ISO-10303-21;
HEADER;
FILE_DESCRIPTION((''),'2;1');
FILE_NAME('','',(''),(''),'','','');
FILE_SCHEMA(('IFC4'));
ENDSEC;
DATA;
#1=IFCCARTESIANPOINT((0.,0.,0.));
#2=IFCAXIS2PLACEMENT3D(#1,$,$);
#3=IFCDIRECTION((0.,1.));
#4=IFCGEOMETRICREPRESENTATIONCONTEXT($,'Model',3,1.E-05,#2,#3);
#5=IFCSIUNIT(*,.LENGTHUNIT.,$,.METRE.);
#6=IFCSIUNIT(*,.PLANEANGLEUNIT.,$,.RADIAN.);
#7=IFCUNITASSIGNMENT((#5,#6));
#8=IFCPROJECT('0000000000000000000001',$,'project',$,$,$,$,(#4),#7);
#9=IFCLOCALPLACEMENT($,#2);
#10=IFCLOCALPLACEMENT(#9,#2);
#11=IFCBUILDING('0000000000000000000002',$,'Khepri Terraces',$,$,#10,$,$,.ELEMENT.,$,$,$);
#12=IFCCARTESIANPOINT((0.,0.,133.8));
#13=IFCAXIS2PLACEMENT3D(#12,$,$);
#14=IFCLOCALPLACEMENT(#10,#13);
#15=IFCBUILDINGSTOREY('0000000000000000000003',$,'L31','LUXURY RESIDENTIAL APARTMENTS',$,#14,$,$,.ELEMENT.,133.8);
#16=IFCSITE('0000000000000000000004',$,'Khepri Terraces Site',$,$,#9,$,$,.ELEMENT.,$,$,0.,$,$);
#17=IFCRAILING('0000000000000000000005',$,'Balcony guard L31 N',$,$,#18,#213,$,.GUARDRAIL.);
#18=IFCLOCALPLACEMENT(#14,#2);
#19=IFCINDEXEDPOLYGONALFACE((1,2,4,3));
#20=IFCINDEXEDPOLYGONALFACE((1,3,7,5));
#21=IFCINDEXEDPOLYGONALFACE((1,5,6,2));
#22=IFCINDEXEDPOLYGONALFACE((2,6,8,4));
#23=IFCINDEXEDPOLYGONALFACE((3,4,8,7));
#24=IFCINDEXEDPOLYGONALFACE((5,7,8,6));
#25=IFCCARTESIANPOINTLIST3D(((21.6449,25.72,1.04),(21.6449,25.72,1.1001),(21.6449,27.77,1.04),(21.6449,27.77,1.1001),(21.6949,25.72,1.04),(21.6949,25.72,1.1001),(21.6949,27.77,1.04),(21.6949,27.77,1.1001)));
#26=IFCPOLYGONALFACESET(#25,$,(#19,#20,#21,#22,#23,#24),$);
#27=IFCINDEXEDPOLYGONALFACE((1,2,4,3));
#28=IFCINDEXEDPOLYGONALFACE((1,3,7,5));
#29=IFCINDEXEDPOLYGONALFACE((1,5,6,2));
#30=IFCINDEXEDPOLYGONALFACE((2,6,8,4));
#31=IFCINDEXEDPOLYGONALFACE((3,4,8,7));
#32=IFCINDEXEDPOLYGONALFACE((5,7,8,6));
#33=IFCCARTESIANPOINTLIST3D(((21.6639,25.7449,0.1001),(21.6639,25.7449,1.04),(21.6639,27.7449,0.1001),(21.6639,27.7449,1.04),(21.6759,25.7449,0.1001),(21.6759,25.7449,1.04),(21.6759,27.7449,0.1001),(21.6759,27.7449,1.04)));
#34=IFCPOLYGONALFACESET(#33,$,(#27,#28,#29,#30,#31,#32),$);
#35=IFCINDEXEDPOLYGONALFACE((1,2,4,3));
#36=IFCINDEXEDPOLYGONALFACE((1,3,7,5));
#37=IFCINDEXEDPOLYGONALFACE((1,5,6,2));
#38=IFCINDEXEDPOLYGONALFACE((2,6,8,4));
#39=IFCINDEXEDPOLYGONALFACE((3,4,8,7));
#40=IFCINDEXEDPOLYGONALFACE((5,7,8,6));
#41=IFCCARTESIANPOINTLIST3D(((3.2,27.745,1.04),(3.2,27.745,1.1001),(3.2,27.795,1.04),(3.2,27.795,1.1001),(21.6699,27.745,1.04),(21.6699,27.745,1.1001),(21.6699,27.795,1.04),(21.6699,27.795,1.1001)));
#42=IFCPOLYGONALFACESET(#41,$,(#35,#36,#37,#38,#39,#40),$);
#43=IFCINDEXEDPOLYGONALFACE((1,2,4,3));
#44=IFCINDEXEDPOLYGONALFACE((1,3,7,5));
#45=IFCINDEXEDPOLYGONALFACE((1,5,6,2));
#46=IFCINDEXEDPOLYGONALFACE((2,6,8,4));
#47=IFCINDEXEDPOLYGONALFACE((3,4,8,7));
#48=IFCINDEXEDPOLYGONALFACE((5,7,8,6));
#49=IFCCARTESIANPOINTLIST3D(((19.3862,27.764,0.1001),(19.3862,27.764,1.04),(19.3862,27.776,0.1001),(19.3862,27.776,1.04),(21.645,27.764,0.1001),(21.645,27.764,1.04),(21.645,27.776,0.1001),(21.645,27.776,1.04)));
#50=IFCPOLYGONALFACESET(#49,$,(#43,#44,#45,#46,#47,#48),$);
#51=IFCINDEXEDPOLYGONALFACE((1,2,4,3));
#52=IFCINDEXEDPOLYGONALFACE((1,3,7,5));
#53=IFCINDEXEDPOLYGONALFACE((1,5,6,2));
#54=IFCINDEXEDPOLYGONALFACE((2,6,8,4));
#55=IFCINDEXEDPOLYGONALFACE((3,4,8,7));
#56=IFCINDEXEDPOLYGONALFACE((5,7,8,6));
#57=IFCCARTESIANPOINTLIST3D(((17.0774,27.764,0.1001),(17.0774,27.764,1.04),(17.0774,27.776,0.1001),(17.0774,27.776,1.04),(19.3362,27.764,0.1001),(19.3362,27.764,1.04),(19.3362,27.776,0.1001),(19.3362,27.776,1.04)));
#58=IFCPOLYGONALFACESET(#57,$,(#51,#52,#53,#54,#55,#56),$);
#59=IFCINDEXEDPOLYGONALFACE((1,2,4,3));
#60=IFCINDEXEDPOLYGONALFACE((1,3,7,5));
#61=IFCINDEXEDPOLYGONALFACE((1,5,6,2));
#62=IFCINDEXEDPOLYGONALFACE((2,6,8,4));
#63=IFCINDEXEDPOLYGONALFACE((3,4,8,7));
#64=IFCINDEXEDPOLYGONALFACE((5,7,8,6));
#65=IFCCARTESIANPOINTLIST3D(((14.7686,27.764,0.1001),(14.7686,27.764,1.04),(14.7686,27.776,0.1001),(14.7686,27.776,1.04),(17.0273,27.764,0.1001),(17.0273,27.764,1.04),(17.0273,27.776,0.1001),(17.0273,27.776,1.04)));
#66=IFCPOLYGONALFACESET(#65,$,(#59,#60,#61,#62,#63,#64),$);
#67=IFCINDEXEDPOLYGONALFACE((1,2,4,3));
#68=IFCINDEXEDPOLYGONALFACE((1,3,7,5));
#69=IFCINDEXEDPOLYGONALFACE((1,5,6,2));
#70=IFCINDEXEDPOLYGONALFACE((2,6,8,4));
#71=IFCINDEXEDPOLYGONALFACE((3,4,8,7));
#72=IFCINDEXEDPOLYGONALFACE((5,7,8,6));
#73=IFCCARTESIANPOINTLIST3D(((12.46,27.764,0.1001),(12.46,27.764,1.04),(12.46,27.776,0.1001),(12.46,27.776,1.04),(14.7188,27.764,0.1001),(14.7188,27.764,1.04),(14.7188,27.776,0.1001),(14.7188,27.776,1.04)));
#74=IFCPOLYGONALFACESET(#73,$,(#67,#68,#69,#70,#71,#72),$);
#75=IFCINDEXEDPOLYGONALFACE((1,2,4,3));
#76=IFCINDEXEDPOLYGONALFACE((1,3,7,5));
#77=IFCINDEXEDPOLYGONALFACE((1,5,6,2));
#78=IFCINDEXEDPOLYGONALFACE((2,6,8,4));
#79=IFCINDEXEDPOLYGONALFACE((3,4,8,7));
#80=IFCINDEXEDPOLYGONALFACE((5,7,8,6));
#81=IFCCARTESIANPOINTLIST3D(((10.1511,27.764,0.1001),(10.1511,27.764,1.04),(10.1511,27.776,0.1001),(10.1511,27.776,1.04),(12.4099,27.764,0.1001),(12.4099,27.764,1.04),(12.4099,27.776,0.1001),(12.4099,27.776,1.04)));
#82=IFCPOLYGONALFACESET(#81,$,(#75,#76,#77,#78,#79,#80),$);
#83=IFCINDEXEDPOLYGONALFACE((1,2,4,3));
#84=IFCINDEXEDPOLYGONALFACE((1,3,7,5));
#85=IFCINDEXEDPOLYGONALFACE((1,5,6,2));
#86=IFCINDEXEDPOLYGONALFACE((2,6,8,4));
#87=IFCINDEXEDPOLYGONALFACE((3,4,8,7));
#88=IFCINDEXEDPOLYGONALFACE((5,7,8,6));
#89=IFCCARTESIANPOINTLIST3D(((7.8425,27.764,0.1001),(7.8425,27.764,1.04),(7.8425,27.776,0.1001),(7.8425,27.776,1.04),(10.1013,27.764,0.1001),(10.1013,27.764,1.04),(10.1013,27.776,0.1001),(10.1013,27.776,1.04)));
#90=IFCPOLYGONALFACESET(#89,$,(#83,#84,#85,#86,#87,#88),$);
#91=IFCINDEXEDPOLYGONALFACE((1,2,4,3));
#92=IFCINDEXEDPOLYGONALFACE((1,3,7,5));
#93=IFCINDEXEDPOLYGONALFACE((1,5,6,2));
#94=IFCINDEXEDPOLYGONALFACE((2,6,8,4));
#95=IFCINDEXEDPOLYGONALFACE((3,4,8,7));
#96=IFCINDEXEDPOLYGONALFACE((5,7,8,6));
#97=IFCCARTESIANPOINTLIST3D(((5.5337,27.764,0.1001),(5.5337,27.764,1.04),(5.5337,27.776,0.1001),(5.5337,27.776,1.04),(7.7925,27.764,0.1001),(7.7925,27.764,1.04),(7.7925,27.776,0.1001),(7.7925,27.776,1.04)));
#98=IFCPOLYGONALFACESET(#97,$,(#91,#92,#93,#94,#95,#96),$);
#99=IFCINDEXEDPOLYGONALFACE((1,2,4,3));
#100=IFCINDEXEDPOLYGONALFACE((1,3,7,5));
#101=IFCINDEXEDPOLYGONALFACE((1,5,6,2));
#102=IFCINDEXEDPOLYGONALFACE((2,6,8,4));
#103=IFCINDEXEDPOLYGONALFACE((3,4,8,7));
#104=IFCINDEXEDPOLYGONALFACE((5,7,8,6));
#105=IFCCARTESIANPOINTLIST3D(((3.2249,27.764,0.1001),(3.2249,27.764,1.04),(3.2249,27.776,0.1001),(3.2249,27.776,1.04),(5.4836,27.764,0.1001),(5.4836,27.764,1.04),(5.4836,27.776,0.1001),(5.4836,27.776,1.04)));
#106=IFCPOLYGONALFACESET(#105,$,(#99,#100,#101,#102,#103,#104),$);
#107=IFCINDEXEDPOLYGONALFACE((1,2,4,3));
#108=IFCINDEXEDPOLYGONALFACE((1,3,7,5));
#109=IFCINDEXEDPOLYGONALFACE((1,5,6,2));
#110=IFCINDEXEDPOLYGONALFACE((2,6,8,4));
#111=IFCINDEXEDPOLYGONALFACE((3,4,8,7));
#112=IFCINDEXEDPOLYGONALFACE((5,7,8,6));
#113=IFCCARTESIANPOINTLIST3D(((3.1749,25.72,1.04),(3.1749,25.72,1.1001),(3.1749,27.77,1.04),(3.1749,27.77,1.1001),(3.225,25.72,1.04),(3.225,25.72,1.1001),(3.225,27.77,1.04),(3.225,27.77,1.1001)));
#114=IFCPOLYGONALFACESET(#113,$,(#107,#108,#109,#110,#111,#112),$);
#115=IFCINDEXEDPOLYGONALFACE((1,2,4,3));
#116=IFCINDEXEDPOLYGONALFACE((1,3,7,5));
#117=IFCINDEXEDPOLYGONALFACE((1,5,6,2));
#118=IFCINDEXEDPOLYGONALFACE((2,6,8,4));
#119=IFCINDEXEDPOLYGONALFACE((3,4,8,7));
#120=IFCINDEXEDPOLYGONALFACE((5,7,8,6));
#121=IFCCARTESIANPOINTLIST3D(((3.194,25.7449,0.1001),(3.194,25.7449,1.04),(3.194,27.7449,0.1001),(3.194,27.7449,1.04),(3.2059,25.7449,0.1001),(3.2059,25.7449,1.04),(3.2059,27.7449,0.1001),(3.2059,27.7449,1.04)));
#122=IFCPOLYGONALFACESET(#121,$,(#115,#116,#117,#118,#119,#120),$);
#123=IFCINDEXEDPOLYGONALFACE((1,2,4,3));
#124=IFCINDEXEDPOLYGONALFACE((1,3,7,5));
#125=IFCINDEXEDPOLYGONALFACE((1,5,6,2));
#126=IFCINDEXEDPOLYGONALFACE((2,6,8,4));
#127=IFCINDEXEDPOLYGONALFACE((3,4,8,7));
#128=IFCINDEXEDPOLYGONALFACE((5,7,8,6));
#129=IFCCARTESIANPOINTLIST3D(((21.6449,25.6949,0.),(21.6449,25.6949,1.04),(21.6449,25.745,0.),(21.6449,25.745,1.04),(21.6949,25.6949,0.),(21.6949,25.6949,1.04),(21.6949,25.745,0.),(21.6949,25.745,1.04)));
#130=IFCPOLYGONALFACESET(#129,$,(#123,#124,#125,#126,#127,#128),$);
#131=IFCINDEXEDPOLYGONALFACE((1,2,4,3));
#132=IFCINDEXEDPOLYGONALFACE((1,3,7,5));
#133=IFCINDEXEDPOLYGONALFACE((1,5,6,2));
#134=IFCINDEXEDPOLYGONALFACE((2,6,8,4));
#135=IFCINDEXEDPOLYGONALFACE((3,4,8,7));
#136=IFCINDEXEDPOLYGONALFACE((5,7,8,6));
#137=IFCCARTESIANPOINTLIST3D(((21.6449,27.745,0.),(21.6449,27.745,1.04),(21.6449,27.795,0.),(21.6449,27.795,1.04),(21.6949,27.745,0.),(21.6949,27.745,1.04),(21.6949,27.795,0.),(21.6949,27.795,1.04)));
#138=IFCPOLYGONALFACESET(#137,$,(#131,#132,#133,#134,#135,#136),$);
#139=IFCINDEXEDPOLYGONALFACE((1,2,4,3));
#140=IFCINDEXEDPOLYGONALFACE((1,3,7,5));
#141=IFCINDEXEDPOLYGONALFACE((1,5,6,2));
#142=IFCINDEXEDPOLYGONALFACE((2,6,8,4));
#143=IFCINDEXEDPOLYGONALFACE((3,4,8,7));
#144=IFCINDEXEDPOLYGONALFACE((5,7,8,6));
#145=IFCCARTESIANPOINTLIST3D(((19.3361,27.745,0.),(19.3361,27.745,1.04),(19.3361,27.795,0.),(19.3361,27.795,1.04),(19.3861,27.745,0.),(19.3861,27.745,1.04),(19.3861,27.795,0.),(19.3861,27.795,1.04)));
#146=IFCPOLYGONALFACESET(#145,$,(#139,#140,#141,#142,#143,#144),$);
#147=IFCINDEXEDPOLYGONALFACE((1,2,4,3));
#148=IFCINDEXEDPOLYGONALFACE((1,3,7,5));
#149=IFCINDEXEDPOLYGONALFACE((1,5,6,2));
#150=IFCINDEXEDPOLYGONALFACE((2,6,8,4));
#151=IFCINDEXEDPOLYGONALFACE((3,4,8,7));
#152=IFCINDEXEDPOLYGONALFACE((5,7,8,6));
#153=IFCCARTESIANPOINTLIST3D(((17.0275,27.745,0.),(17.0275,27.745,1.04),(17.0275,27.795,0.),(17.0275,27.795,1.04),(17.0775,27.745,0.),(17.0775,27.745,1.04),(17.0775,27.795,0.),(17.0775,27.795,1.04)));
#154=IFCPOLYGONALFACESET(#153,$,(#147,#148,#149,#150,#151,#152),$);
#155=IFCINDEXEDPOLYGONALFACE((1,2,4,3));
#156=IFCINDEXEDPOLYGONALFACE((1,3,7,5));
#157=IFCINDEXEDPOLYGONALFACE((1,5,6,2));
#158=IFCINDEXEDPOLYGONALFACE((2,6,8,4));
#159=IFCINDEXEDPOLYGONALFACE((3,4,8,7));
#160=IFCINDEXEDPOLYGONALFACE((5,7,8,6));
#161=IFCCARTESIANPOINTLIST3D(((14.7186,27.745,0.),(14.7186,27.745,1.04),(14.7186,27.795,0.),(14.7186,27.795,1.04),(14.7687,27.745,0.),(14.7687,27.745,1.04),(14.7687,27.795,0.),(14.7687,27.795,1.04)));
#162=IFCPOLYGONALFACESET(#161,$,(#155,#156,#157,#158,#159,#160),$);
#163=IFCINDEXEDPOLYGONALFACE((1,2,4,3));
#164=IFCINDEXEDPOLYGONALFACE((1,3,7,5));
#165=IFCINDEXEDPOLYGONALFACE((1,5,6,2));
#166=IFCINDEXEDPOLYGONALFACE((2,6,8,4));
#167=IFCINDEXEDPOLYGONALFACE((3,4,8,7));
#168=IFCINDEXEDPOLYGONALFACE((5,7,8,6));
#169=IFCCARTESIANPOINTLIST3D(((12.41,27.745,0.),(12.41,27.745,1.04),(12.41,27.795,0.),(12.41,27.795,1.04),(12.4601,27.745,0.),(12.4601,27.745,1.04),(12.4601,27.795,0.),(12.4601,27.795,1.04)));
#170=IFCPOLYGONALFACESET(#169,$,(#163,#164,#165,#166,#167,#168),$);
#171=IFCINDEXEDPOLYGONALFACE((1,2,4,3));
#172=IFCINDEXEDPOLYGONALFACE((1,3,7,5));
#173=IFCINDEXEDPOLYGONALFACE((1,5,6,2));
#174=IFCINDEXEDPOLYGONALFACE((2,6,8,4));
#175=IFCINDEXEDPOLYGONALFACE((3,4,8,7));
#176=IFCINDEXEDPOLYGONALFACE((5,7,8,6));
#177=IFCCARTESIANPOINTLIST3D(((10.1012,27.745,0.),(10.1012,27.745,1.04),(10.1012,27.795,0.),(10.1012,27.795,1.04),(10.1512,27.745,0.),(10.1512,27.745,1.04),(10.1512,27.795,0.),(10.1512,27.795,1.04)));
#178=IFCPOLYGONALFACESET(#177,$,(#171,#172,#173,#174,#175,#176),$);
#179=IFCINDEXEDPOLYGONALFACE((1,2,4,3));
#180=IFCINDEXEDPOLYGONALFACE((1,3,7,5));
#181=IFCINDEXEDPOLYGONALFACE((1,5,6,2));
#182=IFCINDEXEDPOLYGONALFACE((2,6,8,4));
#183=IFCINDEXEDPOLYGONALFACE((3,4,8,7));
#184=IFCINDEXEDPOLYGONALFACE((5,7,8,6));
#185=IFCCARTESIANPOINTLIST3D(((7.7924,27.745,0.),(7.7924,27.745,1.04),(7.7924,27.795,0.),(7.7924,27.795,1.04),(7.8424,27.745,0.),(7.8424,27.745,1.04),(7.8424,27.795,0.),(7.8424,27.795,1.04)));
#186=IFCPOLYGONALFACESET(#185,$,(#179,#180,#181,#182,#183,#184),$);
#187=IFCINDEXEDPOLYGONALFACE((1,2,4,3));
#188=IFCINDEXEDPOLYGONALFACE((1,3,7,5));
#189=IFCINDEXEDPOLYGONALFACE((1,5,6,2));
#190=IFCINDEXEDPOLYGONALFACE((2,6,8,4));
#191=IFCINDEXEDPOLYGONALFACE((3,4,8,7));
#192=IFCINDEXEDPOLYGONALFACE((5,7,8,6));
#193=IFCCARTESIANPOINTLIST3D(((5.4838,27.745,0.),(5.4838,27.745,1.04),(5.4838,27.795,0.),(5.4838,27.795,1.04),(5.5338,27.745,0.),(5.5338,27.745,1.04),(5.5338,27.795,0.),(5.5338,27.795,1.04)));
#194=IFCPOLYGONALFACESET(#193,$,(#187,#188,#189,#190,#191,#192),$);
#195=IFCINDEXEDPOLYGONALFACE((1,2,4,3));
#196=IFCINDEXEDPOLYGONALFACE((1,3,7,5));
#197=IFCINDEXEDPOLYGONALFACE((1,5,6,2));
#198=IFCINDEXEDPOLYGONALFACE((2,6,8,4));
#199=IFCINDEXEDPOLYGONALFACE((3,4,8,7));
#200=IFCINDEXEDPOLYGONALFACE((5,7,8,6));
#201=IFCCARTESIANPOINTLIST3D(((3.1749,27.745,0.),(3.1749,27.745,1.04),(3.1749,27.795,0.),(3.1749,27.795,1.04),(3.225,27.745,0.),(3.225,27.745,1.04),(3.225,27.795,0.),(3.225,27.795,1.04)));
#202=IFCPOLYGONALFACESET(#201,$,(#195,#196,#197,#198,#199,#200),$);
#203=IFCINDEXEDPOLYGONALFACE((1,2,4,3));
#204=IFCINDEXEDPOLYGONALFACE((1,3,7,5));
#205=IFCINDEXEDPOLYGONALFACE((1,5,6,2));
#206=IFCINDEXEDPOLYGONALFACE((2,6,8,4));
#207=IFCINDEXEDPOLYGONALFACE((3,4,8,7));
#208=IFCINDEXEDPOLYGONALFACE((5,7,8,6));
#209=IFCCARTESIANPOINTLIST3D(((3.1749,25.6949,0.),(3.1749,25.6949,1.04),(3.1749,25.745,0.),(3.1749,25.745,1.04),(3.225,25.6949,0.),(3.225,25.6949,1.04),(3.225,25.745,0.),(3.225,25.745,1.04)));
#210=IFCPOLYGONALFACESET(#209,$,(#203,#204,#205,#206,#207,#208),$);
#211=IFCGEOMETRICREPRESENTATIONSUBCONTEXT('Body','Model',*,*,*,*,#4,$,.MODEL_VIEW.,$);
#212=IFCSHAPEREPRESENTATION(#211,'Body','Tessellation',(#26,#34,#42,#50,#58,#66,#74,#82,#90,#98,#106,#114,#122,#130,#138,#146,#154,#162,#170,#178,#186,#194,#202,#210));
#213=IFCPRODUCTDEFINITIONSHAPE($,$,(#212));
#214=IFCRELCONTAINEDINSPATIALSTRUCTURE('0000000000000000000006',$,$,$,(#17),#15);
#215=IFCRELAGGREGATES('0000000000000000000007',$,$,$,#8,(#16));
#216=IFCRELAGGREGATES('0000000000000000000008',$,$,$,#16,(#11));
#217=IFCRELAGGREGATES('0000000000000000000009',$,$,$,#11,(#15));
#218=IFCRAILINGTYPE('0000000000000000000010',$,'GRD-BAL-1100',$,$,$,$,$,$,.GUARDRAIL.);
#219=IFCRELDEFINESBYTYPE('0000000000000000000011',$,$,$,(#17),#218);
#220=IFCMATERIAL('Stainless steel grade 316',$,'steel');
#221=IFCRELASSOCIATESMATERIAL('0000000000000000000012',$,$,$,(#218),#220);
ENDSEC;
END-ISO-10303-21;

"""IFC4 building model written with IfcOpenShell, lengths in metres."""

from ifc_helpers import new_model, si_unit, direction, frame, origin, origin_2d, place, context, subcontext, project, spatial, rectangle, extrude, material, type_object, element, save


model = new_model("IFC4")

# Units and contexts
model_context = context("Model", 3, precision=1e-05, world=origin(), true_north=direction((0.0, 1.0)))
body_context = subcontext(model_context, "Body", "Model", "MODEL_VIEW")
ifc_project = project(units=[si_unit("LENGTHUNIT", "METRE"), si_unit("PLANEANGLEUNIT", "RADIAN")], contexts=[model_context])

# Site, building, storey
site_placement = place(None, origin())
site = spatial("IfcSite", under=ifc_project, at=site_placement, Name="Khepri Terraces Site", CompositionType="ELEMENT", RefElevation=0.0)
building_placement = place(site_placement, origin())
building = spatial("IfcBuilding", under=site, at=building_placement, Name="Khepri Terraces", CompositionType="ELEMENT")
storey_placement = place(building_placement, frame((0.0, 0.0, 133.8)))
storey = spatial("IfcBuildingStorey", under=building, at=storey_placement, Name="L31", Description="LUXURY RESIDENTIAL APARTMENTS", CompositionType="ELEMENT", Elevation=133.8)

# Railing
ifc_material_1 = material(Name="Stainless steel grade 316", Category="steel")
railing_type = type_object("IfcRailingType", Name="GRD-BAL-1100", PredefinedType="GUARDRAIL", material=ifc_material_1)
railing_placement = place(storey_placement, frame((21.6699, 25.72, 0.0)))
element("IfcRailing", 1, at=railing_placement, inside=storey, type_object=railing_type, Name="Balcony guard L31 N", PredefinedType="GUARDRAIL", context=body_context, shape_type="SweptSolid", body=[
    extrude(rectangle(XDim=0.05, YDim=0.0601, at=origin_2d()), frame((0.0, 0.0, 1.0701), z_axis=(0.0, 1.0, 0.0), x_axis=(-1.0, 0.0, 0.0)), (0.0, 0.0, 1.0), 2.05),
    extrude(rectangle(XDim=2.0, YDim=0.012, at=origin_2d()), frame((0.0, 1.0249, 0.1001), z_axis=(0.0, 0.0, 1.0), x_axis=(0.0, 1.0, 0.0)), (0.0, 0.0, 1.0), 0.9399),
    extrude(rectangle(XDim=0.05, YDim=0.0601, at=origin_2d()), frame((0.0, 2.05, 1.0701), z_axis=(-1.0, 0.0, 0.0), x_axis=(0.0, -1.0, 0.0)), (0.0, 0.0, 1.0), 18.47),
    extrude(rectangle(XDim=2.2588, YDim=0.012, at=origin_2d()), frame((-1.1543, 2.05, 0.1001), z_axis=(0.0, 0.0, 1.0), x_axis=(-1.0, 0.0, 0.0)), (0.0, 0.0, 1.0), 0.9399),
    extrude(rectangle(XDim=2.2588, YDim=0.012, at=origin_2d()), frame((-3.4631, 2.05, 0.1001), z_axis=(0.0, 0.0, 1.0), x_axis=(-1.0, 0.0, 0.0)), (0.0, 0.0, 1.0), 0.9399),
    extrude(rectangle(XDim=2.2588, YDim=0.012, at=origin_2d()), frame((-5.772, 2.05, 0.1001), z_axis=(0.0, 0.0, 1.0), x_axis=(-1.0, 0.0, 0.0)), (0.0, 0.0, 1.0), 0.9399),
    extrude(rectangle(XDim=2.2588, YDim=0.012, at=origin_2d()), frame((-8.0806, 2.05, 0.1001), z_axis=(0.0, 0.0, 1.0), x_axis=(-1.0, 0.0, 0.0)), (0.0, 0.0, 1.0), 0.9399),
    extrude(rectangle(XDim=2.2588, YDim=0.012, at=origin_2d()), frame((-10.3894, 2.05, 0.1001), z_axis=(0.0, 0.0, 1.0), x_axis=(-1.0, 0.0, 0.0)), (0.0, 0.0, 1.0), 0.9399),
    extrude(rectangle(XDim=2.2588, YDim=0.012, at=origin_2d()), frame((-12.698, 2.05, 0.1001), z_axis=(0.0, 0.0, 1.0), x_axis=(-1.0, 0.0, 0.0)), (0.0, 0.0, 1.0), 0.9399),
    extrude(rectangle(XDim=2.2588, YDim=0.012, at=origin_2d()), frame((-15.0068, 2.05, 0.1001), z_axis=(0.0, 0.0, 1.0), x_axis=(-1.0, 0.0, 0.0)), (0.0, 0.0, 1.0), 0.9399),
    extrude(rectangle(XDim=2.2588, YDim=0.012, at=origin_2d()), frame((-17.3157, 2.05, 0.1001), z_axis=(0.0, 0.0, 1.0), x_axis=(-1.0, 0.0, 0.0)), (0.0, 0.0, 1.0), 0.9399),
    extrude(rectangle(XDim=0.05, YDim=0.0601, at=origin_2d()), frame((-18.47, 2.05, 1.0701), z_axis=(0.0, -1.0, 0.0), x_axis=(1.0, 0.0, 0.0)), (0.0, 0.0, 1.0), 2.05),
    extrude(rectangle(XDim=2.0, YDim=0.012, at=origin_2d()), frame((-18.47, 1.0249, 0.1001), z_axis=(0.0, 0.0, 1.0), x_axis=(0.0, -1.0, 0.0)), (0.0, 0.0, 1.0), 0.9399),
    extrude(rectangle(XDim=0.05, YDim=0.05, at=origin_2d()), origin(), (0.0, 0.0, 1.0), 1.04),
    extrude(rectangle(XDim=0.05, YDim=0.05, at=origin_2d()), frame((0.0, 2.05, 0.0)), (0.0, 0.0, 1.0), 1.04),
    extrude(rectangle(XDim=0.05, YDim=0.05, at=origin_2d()), frame((-2.3088, 2.05, 0.0)), (0.0, 0.0, 1.0), 1.04),
    extrude(rectangle(XDim=0.05, YDim=0.05, at=origin_2d()), frame((-4.6174, 2.05, 0.0)), (0.0, 0.0, 1.0), 1.04),
    extrude(rectangle(XDim=0.05, YDim=0.05, at=origin_2d()), frame((-6.9263, 2.05, 0.0)), (0.0, 0.0, 1.0), 1.04),
    extrude(rectangle(XDim=0.05, YDim=0.05, at=origin_2d()), frame((-9.2349, 2.05, 0.0)), (0.0, 0.0, 1.0), 1.04),
    extrude(rectangle(XDim=0.05, YDim=0.05, at=origin_2d()), frame((-11.5437, 2.05, 0.0)), (0.0, 0.0, 1.0), 1.04),
    extrude(rectangle(XDim=0.05, YDim=0.05, at=origin_2d()), frame((-13.8525, 2.05, 0.0)), (0.0, 0.0, 1.0), 1.04),
    extrude(rectangle(XDim=0.05, YDim=0.05, at=origin_2d()), frame((-16.1611, 2.05, 0.0)), (0.0, 0.0, 1.0), 1.04),
    extrude(rectangle(XDim=0.05, YDim=0.05, at=origin_2d()), frame((-18.47, 2.05, 0.0)), (0.0, 0.0, 1.0), 1.04),
    extrude(rectangle(XDim=0.05, YDim=0.05, at=origin_2d()), frame((-18.47, 0.0, 0.0)), (0.0, 0.0, 1.0), 1.04),
])

save(model, "model.ifc")
